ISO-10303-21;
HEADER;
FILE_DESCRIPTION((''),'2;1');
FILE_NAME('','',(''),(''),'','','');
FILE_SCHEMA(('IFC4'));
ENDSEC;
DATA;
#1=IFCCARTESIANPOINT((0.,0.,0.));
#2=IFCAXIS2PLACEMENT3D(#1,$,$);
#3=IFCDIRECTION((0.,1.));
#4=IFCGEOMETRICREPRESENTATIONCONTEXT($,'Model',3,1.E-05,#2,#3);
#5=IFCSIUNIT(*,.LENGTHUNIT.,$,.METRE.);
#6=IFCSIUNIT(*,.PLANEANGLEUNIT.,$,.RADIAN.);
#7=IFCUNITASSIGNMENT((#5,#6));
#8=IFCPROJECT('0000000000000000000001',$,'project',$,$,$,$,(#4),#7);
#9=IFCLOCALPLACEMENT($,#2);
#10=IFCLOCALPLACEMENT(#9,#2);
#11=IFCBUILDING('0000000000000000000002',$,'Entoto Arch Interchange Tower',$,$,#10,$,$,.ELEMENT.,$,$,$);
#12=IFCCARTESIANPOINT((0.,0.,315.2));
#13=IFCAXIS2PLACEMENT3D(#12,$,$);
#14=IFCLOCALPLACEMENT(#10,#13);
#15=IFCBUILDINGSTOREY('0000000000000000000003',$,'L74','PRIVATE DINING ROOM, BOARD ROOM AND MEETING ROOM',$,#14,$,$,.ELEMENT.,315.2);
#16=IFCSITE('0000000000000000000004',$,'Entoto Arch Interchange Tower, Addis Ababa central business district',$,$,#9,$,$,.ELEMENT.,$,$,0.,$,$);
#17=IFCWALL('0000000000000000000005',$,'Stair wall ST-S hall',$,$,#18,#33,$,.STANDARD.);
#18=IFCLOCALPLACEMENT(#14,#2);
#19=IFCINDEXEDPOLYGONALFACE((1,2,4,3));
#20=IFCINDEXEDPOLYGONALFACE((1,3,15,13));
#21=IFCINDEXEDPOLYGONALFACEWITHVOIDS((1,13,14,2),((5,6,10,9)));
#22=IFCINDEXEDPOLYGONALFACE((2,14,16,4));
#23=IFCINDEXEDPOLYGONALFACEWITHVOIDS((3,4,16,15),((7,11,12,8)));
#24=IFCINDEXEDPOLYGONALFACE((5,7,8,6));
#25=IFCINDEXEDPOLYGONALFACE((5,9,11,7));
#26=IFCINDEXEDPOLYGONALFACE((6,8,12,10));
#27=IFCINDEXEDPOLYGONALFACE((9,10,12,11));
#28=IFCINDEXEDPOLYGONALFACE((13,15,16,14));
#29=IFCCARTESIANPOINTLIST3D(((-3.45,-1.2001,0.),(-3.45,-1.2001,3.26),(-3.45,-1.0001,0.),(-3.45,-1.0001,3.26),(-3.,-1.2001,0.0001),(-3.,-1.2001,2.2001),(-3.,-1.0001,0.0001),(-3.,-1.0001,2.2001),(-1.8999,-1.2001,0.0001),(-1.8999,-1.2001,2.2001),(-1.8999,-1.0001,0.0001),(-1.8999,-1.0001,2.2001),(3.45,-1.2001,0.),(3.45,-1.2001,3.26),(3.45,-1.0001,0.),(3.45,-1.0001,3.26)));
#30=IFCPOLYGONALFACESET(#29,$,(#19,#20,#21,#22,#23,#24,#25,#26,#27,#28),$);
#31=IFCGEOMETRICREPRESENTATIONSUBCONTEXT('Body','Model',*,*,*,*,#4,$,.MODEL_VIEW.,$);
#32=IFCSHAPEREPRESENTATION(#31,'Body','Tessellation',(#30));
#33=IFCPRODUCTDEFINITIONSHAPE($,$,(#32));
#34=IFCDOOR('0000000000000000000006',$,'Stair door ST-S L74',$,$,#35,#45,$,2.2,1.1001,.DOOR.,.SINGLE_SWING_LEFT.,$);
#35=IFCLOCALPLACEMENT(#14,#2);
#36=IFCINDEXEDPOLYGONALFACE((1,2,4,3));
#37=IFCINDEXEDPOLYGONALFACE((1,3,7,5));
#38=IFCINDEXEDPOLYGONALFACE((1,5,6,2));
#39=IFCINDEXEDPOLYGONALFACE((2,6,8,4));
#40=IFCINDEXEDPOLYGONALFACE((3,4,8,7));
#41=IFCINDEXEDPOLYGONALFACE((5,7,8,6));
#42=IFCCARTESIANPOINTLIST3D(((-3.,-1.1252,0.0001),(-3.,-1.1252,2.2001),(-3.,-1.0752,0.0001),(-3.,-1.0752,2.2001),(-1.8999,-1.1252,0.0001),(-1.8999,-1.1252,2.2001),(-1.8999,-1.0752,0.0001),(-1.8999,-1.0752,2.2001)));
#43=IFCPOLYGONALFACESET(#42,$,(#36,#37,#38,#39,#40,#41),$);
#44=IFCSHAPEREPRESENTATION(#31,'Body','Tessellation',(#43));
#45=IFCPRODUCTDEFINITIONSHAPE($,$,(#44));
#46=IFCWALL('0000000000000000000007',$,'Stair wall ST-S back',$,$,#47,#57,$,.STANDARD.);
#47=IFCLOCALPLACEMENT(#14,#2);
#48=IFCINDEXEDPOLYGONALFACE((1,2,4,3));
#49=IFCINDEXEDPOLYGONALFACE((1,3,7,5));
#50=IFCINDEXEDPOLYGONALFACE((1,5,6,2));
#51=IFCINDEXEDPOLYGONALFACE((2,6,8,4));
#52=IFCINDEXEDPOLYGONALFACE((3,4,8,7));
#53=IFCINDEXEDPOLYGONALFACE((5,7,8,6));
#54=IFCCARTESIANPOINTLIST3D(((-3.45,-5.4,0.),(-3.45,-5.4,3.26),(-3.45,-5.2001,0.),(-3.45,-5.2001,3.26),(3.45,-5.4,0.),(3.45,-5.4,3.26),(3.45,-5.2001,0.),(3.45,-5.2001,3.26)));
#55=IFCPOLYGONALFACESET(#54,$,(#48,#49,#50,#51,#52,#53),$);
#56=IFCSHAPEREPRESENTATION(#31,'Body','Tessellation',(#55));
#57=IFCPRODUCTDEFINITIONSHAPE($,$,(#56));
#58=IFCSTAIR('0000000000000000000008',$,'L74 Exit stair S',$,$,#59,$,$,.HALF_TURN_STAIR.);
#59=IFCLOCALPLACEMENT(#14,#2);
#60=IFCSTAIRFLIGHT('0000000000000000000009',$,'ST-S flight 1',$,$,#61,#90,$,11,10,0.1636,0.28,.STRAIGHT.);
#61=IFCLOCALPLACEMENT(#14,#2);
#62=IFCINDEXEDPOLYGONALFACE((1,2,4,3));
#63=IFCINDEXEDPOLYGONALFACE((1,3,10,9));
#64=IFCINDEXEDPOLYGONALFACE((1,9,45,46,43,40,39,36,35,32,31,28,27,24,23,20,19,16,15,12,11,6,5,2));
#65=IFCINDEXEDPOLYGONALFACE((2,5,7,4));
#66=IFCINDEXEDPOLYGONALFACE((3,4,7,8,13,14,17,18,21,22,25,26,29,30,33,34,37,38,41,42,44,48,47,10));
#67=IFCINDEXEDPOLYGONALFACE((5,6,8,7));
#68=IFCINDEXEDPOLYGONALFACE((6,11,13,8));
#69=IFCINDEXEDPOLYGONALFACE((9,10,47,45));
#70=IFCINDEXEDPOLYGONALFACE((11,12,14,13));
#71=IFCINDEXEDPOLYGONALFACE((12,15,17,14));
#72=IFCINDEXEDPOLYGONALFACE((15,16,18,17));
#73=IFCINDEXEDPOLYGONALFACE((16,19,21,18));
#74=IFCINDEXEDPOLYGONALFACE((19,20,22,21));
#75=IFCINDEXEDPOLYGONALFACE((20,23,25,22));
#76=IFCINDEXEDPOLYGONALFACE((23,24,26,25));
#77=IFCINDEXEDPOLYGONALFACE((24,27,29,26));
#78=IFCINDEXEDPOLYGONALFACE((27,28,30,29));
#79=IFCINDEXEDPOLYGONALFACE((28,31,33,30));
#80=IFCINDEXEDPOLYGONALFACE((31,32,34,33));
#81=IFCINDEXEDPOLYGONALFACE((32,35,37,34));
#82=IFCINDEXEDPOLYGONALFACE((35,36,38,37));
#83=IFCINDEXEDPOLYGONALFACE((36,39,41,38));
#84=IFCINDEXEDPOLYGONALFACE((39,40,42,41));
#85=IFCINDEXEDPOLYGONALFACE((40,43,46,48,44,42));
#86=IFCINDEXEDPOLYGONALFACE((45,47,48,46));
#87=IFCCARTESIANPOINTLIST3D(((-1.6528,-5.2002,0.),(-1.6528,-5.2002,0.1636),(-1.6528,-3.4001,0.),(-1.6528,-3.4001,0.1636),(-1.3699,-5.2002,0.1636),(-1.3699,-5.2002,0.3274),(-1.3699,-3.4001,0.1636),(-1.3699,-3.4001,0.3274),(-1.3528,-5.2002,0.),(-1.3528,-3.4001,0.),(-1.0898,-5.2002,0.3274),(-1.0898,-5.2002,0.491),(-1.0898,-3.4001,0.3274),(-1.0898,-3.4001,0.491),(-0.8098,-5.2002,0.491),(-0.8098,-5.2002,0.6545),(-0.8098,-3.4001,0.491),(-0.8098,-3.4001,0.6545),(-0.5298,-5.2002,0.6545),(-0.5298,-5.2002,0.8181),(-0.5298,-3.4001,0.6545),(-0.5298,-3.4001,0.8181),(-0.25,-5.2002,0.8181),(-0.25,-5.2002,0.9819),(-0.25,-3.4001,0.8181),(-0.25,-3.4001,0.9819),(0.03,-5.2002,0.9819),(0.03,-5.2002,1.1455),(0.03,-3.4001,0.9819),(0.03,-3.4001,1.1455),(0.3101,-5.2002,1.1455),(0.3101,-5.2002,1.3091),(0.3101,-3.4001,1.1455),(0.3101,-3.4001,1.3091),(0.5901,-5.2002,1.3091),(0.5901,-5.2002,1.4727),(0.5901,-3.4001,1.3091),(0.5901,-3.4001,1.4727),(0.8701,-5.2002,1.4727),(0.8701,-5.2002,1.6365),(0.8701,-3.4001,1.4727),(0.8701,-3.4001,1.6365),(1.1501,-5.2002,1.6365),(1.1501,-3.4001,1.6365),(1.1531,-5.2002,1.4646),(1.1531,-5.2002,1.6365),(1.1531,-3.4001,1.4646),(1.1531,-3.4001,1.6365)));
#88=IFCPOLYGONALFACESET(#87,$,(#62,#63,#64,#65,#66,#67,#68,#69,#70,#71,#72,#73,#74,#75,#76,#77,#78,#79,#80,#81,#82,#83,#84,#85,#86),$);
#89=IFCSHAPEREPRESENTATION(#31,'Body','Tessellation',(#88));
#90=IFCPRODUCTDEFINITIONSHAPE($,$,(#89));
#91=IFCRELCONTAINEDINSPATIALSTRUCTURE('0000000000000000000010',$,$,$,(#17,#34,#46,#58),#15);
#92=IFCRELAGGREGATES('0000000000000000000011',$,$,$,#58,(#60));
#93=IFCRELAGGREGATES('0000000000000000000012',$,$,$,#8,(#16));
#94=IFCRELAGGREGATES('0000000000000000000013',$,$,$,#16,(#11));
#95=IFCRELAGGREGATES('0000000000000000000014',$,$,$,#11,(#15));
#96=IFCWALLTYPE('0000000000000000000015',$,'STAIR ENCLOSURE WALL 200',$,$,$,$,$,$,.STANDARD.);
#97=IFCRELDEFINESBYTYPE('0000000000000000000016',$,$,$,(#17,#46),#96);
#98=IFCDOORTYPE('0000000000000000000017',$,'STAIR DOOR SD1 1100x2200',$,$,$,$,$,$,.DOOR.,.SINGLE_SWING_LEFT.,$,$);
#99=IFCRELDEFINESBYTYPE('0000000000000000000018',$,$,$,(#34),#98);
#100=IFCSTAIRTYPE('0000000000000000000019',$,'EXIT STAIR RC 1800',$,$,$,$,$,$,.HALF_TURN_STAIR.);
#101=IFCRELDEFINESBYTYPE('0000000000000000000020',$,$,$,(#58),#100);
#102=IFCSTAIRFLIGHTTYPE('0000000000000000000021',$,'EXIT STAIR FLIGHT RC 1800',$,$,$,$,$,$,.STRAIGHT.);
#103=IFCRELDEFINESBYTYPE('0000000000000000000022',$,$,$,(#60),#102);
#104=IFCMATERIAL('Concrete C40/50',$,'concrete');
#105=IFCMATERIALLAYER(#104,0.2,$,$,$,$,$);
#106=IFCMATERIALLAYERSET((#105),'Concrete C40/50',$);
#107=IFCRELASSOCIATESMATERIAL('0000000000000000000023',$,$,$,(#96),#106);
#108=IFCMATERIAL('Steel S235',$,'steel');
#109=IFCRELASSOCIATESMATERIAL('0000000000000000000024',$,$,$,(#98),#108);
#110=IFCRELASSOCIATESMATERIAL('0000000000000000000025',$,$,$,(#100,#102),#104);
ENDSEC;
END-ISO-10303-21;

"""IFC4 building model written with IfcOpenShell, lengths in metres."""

from ifc_helpers import new_model, si_unit, direction, frame, frame_2d, origin, place, context, subcontext, project, spatial, polyline, rectangle, outline, extrude, material, layer, layer_set, type_object, element, fill, aggregate, save


model = new_model("IFC4")

# Units and contexts
model_context = context("Model", 3, precision=1e-05, world=origin(), true_north=direction((0.0, 1.0)))
body_context = subcontext(model_context, "Body", "Model", "MODEL_VIEW")
ifc_project = project(units=[si_unit("LENGTHUNIT", "METRE"), si_unit("PLANEANGLEUNIT", "RADIAN")], contexts=[model_context])

# Site, building, storey
site_placement = place(None, origin())
site = spatial("IfcSite", under=ifc_project, at=site_placement, Name="Entoto Arch Interchange Tower, Addis Ababa central business district", CompositionType="ELEMENT", RefElevation=0.0)
building_placement = place(site_placement, origin())
building = spatial("IfcBuilding", under=site, at=building_placement, Name="Entoto Arch Interchange Tower", CompositionType="ELEMENT")
storey_placement = place(building_placement, frame((0.0, 0.0, 315.2)))
storey = spatial("IfcBuildingStorey", under=building, at=storey_placement, Name="L74", Description="PRIVATE DINING ROOM, BOARD ROOM AND MEETING ROOM", CompositionType="ELEMENT", Elevation=315.2)

# Shared definitions
ifc_material_1 = material(Name="Concrete C40/50", Category="concrete")

# Wall, opening, door
ifc_layer_1 = layer(ifc_material_1, 0.2)
ifc_layer_set_1 = layer_set([ifc_layer_1], Name="Concrete C40/50")
wall_type_1 = type_object("IfcWallType", Name="STAIR ENCLOSURE WALL 200", PredefinedType="STANDARD", material=ifc_layer_set_1)
ifc_material_2 = material(Name="Steel S235", Category="steel")
door_type = type_object("IfcDoorType", Name="STAIR DOOR SD1 1100x2200", OperationType="SINGLE_SWING_LEFT", PredefinedType="DOOR", material=ifc_material_2)
wall_1_placement = place(storey_placement, frame((-3.45, -1.1001, 0.0), z_axis=(0.0, 0.0, 1.0), x_axis=(1.0, 0.0, 0.0)))
wall_1 = element("IfcWall", 1, at=wall_1_placement, inside=storey, type_object=wall_type_1, Name="Stair wall ST-S hall", PredefinedType="STANDARD", context=body_context, shape_type="SweptSolid", body=[
    extrude(rectangle(XDim=6.8999, YDim=0.2, at=frame_2d((3.45, 0.0))), origin(), (0.0, 0.0, 1.0), 3.26),
])
opening_1_placement = place(wall_1_placement, frame((0.45, 0.0, 0.0)))
opening_1 = element("IfcOpeningElement", 2, at=opening_1_placement, cuts=wall_1, PredefinedType="OPENING", context=body_context, shape_type="SweptSolid", body=[
    extrude(rectangle(XDim=1.1001, YDim=2.2, at=frame_2d((0.55, 1.1001))), frame((0.0, 0.1099, 0.0), z_axis=(0.0, -1.0, 0.0), x_axis=(1.0, 0.0, 0.0)), (0.0, 0.0, 1.0), 0.22),
])
door_1_placement = place(opening_1_placement, origin())
door_1 = element("IfcDoor", 3, at=door_1_placement, inside=storey, type_object=door_type, Name="Stair door ST-S L74", OperationType="SINGLE_SWING_LEFT", OverallHeight=2.2, OverallWidth=1.1001, PredefinedType="DOOR", context=body_context, shape_type="SweptSolid", body=[
    extrude(rectangle(XDim=1.1001, YDim=2.2, at=frame_2d((0.55, 1.1001))), frame((0.0, 0.0249, 0.0), z_axis=(0.0, -1.0, 0.0), x_axis=(1.0, 0.0, 0.0)), (0.0, 0.0, 1.0), 0.05),
])
fill(opening_1, door_1)

# Wall
wall_2_placement = place(storey_placement, frame((-3.45, -5.3, 0.0), z_axis=(0.0, 0.0, 1.0), x_axis=(1.0, 0.0, 0.0)))
element("IfcWall", 4, at=wall_2_placement, inside=storey, type_object=wall_type_1, Name="Stair wall ST-S back", PredefinedType="STANDARD", context=body_context, shape_type="SweptSolid", body=[
    extrude(rectangle(XDim=6.8999, YDim=0.2, at=frame_2d((3.45, 0.0))), origin(), (0.0, 0.0, 1.0), 3.26),
])

# Stair, stair flight
stair_type = type_object("IfcStairType", Name="EXIT STAIR RC 1800", PredefinedType="HALF_TURN_STAIR", material=ifc_material_1)
stair_placement = place(storey_placement, origin())
stair = element("IfcStair", 5, at=stair_placement, inside=storey, type_object=stair_type, Name="L74 Exit stair S", PredefinedType="HALF_TURN_STAIR")
stair_flight_type = type_object("IfcStairFlightType", Name="EXIT STAIR FLIGHT RC 1800", PredefinedType="STRAIGHT", material=ifc_material_1)
stair_flight_placement = place(storey_placement, frame((-1.6499, -4.3, 0.0), z_axis=(0.0, 0.0, 1.0), x_axis=(1.0, 0.0, 0.0)))
stair_flight = element("IfcStairFlight", 6, at=stair_flight_placement, type_object=stair_flight_type, Name="ST-S flight 1", NumberOfRisers=11, NumberOfTreads=10, PredefinedType="STRAIGHT", RiserHeight=0.1636, TreadLength=0.28, context=body_context, shape_type="SweptSolid", body=[
    extrude(outline(polyline([(-0.0029, 0.0), (-0.0029, 0.1636), (0.28, 0.1636), (0.28, 0.3274), (0.5601, 0.3274), (0.5601, 0.491), (0.8401, 0.491), (0.8401, 0.6545), (1.1201, 0.6545), (1.1201, 0.8181), (1.3999, 0.8181), (1.3999, 0.9819), (1.6799, 0.9819), (1.6799, 1.1455), (1.96, 1.1455), (1.96, 1.3091), (2.24, 1.3091), (2.24, 1.4727), (2.52, 1.4727), (2.52, 1.6365), (2.8, 1.6365), (2.803, 1.6365), (2.803, 1.4646), (0.2971, 0.0), (-0.0029, 0.0)])), frame((0.0, 0.8999, 0.0), z_axis=(0.0, -1.0, 0.0), x_axis=(1.0, 0.0, 0.0)), (0.0, 0.0, 1.0), 1.8),
])
aggregate(stair, [stair_flight])

save(model, "model.ifc")
